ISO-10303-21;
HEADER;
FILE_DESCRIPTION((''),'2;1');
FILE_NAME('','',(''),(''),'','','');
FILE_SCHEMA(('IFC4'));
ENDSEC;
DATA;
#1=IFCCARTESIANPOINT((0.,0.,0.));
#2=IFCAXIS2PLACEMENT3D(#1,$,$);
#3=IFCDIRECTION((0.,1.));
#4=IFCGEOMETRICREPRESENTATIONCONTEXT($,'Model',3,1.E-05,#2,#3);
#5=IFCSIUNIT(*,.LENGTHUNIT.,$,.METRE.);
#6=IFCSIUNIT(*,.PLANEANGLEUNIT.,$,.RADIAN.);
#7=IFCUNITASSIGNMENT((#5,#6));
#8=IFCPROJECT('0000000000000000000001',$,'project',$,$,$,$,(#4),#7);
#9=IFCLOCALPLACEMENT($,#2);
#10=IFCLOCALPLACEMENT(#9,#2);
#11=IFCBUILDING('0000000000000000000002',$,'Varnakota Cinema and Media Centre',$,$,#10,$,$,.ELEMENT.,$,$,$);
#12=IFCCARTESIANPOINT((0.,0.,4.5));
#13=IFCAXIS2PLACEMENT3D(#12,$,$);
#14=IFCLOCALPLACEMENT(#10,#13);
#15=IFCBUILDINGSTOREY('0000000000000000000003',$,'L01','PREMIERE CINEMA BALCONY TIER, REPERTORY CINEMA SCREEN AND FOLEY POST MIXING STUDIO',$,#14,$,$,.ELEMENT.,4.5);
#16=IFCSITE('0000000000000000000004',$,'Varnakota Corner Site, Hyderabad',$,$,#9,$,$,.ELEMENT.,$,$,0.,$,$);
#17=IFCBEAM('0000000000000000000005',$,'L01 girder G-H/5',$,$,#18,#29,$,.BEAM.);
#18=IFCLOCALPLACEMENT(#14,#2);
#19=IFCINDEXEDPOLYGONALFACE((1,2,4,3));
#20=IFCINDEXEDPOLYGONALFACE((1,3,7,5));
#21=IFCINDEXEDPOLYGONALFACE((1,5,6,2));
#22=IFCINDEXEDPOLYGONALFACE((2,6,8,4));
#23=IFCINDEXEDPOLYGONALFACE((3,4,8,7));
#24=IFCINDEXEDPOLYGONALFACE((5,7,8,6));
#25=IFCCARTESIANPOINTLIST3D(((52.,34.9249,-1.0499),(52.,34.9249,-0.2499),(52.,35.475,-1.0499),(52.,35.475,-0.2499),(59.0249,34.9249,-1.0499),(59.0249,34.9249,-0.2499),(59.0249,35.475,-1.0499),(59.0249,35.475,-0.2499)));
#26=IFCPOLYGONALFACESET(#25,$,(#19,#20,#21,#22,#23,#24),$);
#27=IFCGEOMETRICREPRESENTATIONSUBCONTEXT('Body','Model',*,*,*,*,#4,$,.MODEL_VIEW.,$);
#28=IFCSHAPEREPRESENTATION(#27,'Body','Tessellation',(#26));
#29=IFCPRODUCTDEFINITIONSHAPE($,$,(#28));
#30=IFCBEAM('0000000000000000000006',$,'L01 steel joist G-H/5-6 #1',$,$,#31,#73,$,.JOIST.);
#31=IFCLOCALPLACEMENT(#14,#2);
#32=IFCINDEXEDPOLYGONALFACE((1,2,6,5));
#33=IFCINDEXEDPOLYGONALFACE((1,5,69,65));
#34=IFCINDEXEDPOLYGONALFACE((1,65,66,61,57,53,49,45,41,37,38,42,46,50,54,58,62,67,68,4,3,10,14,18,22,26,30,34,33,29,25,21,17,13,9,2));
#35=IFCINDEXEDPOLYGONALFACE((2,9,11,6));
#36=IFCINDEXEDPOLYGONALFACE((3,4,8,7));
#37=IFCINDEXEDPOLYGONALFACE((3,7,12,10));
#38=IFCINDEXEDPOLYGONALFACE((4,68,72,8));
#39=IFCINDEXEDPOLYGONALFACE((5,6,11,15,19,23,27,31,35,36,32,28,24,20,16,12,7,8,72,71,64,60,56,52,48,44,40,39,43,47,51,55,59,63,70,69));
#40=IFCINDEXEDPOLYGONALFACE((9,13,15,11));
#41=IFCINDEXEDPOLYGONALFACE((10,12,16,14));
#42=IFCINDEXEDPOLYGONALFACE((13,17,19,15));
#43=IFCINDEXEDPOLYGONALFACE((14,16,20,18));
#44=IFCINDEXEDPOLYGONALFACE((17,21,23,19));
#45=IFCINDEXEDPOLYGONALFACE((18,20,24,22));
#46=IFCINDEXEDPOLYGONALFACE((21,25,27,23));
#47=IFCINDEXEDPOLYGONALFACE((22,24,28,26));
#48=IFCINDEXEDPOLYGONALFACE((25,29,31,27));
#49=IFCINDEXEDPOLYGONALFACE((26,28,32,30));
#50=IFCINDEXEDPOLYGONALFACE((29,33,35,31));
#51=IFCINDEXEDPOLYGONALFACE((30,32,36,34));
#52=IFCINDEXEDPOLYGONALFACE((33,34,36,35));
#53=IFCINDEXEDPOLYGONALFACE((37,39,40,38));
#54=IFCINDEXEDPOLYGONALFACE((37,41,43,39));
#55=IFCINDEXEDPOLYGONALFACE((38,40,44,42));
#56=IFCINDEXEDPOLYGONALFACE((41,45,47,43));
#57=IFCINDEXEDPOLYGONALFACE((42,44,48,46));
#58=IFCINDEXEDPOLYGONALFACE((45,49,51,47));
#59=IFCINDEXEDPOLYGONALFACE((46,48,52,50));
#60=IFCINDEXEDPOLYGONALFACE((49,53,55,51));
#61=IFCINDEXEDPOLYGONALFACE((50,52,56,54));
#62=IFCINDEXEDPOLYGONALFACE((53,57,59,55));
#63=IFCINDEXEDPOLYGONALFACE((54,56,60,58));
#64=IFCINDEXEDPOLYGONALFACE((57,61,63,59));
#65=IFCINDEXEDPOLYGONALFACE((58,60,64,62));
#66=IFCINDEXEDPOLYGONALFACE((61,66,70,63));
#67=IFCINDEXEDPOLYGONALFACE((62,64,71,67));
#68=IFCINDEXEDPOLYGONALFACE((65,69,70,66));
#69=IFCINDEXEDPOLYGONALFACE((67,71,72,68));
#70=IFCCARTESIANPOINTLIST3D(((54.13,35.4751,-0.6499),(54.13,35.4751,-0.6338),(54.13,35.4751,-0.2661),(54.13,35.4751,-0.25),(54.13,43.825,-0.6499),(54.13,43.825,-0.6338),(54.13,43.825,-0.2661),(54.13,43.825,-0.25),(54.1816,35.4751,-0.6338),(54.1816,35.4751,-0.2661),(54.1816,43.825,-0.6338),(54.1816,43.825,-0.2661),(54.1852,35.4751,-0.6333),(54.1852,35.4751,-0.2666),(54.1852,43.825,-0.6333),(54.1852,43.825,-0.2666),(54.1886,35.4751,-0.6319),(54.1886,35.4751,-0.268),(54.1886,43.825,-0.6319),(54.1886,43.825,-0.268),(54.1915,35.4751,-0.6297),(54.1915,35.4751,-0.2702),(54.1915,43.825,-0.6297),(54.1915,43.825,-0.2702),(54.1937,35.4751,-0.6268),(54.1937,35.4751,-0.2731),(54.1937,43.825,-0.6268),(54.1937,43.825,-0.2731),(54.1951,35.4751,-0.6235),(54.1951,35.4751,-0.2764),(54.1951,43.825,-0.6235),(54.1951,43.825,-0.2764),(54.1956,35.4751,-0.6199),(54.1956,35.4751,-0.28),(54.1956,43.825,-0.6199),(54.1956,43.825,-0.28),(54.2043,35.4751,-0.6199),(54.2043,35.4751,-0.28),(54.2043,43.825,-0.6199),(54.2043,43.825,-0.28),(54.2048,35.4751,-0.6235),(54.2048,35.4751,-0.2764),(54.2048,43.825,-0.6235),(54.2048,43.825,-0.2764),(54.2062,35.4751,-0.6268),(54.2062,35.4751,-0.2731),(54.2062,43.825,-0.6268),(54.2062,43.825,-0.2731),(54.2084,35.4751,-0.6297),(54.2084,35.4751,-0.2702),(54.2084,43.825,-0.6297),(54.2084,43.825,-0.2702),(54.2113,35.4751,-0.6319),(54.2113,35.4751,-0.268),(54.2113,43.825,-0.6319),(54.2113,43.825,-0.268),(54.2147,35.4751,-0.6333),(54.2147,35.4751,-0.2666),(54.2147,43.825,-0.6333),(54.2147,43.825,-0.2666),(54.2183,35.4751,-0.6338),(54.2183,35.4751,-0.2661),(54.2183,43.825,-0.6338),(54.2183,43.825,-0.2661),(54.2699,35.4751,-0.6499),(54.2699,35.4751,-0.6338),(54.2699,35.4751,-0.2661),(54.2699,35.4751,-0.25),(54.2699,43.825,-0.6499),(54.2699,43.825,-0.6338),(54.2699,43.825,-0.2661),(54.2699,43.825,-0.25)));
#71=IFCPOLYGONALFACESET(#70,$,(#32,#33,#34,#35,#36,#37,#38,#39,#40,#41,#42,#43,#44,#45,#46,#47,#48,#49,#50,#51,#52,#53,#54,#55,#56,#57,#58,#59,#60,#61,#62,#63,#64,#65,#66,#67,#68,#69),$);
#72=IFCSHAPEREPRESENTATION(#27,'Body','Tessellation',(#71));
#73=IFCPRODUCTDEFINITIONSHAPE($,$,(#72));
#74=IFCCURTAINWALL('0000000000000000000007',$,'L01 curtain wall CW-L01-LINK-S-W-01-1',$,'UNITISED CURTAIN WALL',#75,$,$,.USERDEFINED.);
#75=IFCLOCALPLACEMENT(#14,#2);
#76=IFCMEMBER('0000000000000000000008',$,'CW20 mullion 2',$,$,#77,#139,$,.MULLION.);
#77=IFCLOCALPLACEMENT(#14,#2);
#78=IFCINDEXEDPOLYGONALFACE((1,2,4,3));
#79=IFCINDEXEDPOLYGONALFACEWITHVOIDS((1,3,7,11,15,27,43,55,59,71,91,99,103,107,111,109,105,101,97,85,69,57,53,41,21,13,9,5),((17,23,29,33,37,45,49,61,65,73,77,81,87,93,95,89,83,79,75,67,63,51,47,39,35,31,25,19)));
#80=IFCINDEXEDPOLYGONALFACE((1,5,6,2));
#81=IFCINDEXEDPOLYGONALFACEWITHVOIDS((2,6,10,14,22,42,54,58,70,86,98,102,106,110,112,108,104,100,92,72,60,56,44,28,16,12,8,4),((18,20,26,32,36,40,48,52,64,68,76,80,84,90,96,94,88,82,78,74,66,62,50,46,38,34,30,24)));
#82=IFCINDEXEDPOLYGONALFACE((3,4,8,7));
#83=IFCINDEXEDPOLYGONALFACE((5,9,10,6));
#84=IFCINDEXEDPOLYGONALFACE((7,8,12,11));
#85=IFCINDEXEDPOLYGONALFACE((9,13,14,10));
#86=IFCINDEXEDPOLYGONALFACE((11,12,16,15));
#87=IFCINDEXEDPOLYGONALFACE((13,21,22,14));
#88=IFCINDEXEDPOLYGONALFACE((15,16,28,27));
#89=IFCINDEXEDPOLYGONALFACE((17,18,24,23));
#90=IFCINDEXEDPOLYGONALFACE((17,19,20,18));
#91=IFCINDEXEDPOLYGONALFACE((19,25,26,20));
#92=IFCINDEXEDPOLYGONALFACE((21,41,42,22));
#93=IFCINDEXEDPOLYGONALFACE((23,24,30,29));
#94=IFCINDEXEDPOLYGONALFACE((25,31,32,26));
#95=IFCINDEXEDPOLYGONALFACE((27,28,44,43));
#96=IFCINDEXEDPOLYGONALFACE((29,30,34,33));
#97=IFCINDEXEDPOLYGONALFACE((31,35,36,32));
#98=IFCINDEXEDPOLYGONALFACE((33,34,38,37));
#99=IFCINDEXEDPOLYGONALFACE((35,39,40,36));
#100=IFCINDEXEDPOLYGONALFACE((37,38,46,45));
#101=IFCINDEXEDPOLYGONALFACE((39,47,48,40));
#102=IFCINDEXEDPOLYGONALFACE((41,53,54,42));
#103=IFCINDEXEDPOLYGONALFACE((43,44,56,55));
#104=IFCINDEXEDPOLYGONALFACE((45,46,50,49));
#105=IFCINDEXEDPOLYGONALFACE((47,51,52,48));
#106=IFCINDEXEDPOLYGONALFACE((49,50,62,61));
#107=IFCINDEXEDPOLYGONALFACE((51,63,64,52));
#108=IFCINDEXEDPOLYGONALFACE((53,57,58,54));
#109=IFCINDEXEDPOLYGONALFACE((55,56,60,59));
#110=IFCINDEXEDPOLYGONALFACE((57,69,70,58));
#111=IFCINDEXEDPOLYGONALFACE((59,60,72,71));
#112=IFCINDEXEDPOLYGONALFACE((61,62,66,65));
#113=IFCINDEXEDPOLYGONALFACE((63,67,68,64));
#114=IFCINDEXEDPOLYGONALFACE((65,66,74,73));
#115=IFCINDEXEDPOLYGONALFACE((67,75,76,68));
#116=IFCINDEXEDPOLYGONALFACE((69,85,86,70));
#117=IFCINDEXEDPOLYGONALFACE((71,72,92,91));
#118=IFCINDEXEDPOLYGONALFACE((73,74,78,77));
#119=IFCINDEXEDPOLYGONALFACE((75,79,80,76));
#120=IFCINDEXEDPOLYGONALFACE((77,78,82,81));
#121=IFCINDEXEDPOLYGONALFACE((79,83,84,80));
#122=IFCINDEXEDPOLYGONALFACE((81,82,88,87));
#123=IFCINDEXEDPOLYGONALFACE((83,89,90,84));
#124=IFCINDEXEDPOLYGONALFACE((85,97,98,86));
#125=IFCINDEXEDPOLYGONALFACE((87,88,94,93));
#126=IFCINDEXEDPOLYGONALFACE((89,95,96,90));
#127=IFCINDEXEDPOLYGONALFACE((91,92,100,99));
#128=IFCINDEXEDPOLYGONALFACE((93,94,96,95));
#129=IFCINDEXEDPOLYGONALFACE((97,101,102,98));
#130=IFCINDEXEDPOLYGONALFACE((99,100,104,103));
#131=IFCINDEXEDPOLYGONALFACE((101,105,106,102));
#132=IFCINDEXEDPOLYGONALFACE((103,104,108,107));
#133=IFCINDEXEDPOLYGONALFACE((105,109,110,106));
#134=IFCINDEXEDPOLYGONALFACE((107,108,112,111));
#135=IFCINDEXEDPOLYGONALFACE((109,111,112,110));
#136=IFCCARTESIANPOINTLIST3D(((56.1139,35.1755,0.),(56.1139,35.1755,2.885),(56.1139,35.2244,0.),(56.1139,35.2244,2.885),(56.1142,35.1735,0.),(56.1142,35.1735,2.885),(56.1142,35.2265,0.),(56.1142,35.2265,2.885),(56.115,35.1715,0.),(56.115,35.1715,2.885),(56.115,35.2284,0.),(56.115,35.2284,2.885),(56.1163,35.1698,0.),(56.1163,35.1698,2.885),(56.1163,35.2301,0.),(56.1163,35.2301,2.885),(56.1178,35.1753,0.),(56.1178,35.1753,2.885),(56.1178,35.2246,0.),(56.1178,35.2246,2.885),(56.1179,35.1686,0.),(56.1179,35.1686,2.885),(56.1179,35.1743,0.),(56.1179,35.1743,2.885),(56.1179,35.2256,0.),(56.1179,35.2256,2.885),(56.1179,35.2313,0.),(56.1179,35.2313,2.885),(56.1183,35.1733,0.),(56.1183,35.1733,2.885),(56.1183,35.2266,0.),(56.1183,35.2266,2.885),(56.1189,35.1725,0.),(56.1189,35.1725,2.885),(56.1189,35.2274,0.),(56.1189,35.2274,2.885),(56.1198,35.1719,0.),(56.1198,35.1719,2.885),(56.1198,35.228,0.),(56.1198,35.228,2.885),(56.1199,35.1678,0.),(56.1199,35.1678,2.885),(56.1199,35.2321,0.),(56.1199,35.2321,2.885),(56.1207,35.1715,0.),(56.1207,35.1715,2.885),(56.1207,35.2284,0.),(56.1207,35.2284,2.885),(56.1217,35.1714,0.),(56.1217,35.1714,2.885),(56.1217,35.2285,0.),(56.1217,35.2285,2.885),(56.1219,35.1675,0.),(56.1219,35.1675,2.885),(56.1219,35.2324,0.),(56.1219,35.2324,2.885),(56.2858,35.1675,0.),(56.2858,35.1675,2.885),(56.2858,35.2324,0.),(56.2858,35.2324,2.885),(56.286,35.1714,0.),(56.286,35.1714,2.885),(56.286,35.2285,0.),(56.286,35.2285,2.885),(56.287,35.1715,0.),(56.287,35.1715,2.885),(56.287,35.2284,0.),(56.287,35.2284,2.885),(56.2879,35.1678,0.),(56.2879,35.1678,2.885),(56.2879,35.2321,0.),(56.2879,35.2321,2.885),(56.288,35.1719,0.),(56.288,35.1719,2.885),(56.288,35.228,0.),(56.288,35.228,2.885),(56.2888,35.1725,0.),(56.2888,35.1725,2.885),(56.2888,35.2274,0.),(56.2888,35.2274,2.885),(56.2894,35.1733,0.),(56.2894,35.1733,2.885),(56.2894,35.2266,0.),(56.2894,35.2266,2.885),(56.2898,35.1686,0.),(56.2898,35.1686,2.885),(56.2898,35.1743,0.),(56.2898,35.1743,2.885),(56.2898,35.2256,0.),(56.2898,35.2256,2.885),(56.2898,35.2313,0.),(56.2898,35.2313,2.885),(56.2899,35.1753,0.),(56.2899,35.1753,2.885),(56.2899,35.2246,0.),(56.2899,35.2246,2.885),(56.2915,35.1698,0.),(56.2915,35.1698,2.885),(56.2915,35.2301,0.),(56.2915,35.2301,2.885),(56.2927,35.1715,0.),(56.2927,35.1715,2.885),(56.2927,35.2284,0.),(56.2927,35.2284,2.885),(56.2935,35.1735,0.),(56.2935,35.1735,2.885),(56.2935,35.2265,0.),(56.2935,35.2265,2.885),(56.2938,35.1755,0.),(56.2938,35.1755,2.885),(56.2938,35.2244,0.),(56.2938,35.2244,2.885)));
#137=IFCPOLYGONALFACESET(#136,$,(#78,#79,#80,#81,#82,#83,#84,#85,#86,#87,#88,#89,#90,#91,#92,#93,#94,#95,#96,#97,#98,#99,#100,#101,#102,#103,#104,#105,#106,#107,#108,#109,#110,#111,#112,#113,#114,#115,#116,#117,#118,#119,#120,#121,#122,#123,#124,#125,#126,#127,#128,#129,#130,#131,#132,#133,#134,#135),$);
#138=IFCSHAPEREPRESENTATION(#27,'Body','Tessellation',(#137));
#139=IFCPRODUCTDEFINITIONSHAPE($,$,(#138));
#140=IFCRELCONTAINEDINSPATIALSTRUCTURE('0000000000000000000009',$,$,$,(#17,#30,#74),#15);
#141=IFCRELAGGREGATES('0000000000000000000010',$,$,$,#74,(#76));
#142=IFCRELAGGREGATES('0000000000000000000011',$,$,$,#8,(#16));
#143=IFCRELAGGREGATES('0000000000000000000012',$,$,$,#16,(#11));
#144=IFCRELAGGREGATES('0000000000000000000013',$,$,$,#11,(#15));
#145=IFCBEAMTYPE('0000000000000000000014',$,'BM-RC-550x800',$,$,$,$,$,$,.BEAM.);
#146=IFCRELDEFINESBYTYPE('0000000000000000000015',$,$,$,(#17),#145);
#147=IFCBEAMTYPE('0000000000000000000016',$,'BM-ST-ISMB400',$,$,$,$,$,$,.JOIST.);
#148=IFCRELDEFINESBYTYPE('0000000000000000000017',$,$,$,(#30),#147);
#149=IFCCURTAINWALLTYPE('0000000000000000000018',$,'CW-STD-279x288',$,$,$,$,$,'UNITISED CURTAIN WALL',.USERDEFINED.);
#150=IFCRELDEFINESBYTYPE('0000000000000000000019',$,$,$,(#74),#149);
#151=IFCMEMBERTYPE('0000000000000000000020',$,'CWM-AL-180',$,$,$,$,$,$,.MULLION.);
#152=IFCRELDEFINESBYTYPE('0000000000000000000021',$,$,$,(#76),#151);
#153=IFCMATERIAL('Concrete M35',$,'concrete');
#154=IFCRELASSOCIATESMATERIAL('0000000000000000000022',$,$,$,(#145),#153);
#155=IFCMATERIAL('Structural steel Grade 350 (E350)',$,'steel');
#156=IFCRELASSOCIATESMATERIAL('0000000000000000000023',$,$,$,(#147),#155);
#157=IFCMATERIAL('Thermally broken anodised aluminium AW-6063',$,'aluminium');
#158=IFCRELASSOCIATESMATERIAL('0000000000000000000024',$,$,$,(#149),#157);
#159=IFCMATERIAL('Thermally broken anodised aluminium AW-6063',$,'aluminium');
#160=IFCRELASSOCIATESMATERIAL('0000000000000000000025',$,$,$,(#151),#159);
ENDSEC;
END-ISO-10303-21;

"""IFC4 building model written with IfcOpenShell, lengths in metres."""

from ifc_helpers import new_model, si_unit, direction, frame, origin, origin_2d, place, context, subcontext, project, spatial, rectangle, hollow_rectangle, i_section, extrude, material, material_profile, profile_set, type_object, element, aggregate, save


model = new_model("IFC4")

# Units and contexts
model_context = context("Model", 3, precision=1e-05, world=origin(), true_north=direction((0.0, 1.0)))
body_context = subcontext(model_context, "Body", "Model", "MODEL_VIEW")
ifc_project = project(units=[si_unit("LENGTHUNIT", "METRE"), si_unit("PLANEANGLEUNIT", "RADIAN")], contexts=[model_context])

# Site, building, storey
site_placement = place(None, origin())
site = spatial("IfcSite", under=ifc_project, at=site_placement, Name="Varnakota Corner Site, Hyderabad", CompositionType="ELEMENT", RefElevation=0.0)
building_placement = place(site_placement, origin())
building = spatial("IfcBuilding", under=site, at=building_placement, Name="Varnakota Cinema and Media Centre", CompositionType="ELEMENT")
storey_placement = place(building_placement, frame((0.0, 0.0, 4.5)))
storey = spatial("IfcBuildingStorey", under=building, at=storey_placement, Name="L01", Description="PREMIERE CINEMA BALCONY TIER, REPERTORY CINEMA SCREEN AND FOLEY POST MIXING STUDIO", CompositionType="ELEMENT", Elevation=4.5)

# Beams
ifc_material_1 = material(Name="Concrete M35", Category="concrete")
ifc_material_profile_1 = material_profile(ifc_material_1, rectangle(XDim=0.55, YDim=0.8, at=origin_2d()), Name="RCB 550x800")
ifc_profile_set_1 = profile_set([ifc_material_profile_1], Name="Concrete M35")
beam_type_1 = type_object("IfcBeamType", Name="BM-RC-550x800", PredefinedType="BEAM", material=ifc_profile_set_1)
beam_1_placement = place(storey_placement, frame((52.0, 35.2, -0.6499), z_axis=(1.0, 0.0, 0.0), x_axis=(0.0, 1.0, 0.0)))
element("IfcBeam", 1, at=beam_1_placement, inside=storey, type_object=beam_type_1, Name="L01 girder G-H/5", PredefinedType="BEAM", context=body_context, shape_type="SweptSolid", body=[
    extrude(rectangle(XDim=0.55, YDim=0.8, at=origin_2d()), origin(), (0.0, 0.0, 1.0), 7.0249),
])
ifc_material_2 = material(Name="Structural steel Grade 350 (E350)", Category="steel")
ifc_material_profile_2 = material_profile(ifc_material_2, i_section(OverallWidth=0.1399, OverallDepth=0.3999, WebThickness=0.0088, FlangeThickness=0.0161, FilletRadius=0.0139, at=origin_2d()), Name="ISMB 400")
ifc_profile_set_2 = profile_set([ifc_material_profile_2], Name="Structural steel Grade 350 (E350)")
beam_type_2 = type_object("IfcBeamType", Name="BM-ST-ISMB400", PredefinedType="JOIST", material=ifc_profile_set_2)
beam_2_placement = place(storey_placement, frame((54.2, 35.4751, -0.45), z_axis=(0.0, 1.0, 0.0), x_axis=(-1.0, 0.0, 0.0)))
element("IfcBeam", 2, at=beam_2_placement, inside=storey, type_object=beam_type_2, Name="L01 steel joist G-H/5-6 #1", PredefinedType="JOIST", context=body_context, shape_type="SweptSolid", body=[
    extrude(i_section(OverallWidth=0.1399, OverallDepth=0.3999, WebThickness=0.0088, FlangeThickness=0.0161, FilletRadius=0.0139, at=origin_2d()), origin(), (0.0, 0.0, 1.0), 8.3499),
])

# Curtain wall, member
ifc_material_3 = material(Name="Thermally broken anodised aluminium AW-6063", Category="aluminium")
curtain_wall_type_1 = type_object("IfcCurtainWallType", Name="CW-STD-279x288", ElementType="UNITISED CURTAIN WALL", PredefinedType="USERDEFINED", material=ifc_material_3)
curtain_wall_1_placement = place(storey_placement, origin())
curtain_wall_1 = element("IfcCurtainWall", 3, at=curtain_wall_1_placement, inside=storey, type_object=curtain_wall_type_1, Name="L01 curtain wall CW-L01-LINK-S-W-01-1", ObjectType="UNITISED CURTAIN WALL", PredefinedType="USERDEFINED")
ifc_material_4 = material(Name="Thermally broken anodised aluminium AW-6063", Category="aluminium")
ifc_material_profile_3 = material_profile(ifc_material_4, hollow_rectangle(XDim=0.0649, YDim=0.1799, WallThickness=0.0039, InnerFilletRadius=0.0039, OuterFilletRadius=0.0081, at=origin_2d()), Name="AL-MULLION 180x65x4")
ifc_profile_set_3 = profile_set([ifc_material_profile_3], Name="Thermally broken anodised aluminium AW-6063")
member_type_1 = type_object("IfcMemberType", Name="CWM-AL-180", PredefinedType="MULLION", material=ifc_profile_set_3)
member_1_placement = place(storey_placement, frame((56.2039, 35.2, 0.0), z_axis=(0.0, 0.0, 1.0), x_axis=(0.0, -1.0, 0.0)))
member_1 = element("IfcMember", 4, at=member_1_placement, type_object=member_type_1, Name="CW20 mullion 2", PredefinedType="MULLION", context=body_context, shape_type="SweptSolid", body=[
    extrude(hollow_rectangle(XDim=0.0649, YDim=0.1799, WallThickness=0.0039, InnerFilletRadius=0.0039, OuterFilletRadius=0.0081, at=origin_2d()), origin(), (0.0, 0.0, 1.0), 2.885),
])

aggregate(curtain_wall_1, [member_1])

save(model, "model.ifc")
